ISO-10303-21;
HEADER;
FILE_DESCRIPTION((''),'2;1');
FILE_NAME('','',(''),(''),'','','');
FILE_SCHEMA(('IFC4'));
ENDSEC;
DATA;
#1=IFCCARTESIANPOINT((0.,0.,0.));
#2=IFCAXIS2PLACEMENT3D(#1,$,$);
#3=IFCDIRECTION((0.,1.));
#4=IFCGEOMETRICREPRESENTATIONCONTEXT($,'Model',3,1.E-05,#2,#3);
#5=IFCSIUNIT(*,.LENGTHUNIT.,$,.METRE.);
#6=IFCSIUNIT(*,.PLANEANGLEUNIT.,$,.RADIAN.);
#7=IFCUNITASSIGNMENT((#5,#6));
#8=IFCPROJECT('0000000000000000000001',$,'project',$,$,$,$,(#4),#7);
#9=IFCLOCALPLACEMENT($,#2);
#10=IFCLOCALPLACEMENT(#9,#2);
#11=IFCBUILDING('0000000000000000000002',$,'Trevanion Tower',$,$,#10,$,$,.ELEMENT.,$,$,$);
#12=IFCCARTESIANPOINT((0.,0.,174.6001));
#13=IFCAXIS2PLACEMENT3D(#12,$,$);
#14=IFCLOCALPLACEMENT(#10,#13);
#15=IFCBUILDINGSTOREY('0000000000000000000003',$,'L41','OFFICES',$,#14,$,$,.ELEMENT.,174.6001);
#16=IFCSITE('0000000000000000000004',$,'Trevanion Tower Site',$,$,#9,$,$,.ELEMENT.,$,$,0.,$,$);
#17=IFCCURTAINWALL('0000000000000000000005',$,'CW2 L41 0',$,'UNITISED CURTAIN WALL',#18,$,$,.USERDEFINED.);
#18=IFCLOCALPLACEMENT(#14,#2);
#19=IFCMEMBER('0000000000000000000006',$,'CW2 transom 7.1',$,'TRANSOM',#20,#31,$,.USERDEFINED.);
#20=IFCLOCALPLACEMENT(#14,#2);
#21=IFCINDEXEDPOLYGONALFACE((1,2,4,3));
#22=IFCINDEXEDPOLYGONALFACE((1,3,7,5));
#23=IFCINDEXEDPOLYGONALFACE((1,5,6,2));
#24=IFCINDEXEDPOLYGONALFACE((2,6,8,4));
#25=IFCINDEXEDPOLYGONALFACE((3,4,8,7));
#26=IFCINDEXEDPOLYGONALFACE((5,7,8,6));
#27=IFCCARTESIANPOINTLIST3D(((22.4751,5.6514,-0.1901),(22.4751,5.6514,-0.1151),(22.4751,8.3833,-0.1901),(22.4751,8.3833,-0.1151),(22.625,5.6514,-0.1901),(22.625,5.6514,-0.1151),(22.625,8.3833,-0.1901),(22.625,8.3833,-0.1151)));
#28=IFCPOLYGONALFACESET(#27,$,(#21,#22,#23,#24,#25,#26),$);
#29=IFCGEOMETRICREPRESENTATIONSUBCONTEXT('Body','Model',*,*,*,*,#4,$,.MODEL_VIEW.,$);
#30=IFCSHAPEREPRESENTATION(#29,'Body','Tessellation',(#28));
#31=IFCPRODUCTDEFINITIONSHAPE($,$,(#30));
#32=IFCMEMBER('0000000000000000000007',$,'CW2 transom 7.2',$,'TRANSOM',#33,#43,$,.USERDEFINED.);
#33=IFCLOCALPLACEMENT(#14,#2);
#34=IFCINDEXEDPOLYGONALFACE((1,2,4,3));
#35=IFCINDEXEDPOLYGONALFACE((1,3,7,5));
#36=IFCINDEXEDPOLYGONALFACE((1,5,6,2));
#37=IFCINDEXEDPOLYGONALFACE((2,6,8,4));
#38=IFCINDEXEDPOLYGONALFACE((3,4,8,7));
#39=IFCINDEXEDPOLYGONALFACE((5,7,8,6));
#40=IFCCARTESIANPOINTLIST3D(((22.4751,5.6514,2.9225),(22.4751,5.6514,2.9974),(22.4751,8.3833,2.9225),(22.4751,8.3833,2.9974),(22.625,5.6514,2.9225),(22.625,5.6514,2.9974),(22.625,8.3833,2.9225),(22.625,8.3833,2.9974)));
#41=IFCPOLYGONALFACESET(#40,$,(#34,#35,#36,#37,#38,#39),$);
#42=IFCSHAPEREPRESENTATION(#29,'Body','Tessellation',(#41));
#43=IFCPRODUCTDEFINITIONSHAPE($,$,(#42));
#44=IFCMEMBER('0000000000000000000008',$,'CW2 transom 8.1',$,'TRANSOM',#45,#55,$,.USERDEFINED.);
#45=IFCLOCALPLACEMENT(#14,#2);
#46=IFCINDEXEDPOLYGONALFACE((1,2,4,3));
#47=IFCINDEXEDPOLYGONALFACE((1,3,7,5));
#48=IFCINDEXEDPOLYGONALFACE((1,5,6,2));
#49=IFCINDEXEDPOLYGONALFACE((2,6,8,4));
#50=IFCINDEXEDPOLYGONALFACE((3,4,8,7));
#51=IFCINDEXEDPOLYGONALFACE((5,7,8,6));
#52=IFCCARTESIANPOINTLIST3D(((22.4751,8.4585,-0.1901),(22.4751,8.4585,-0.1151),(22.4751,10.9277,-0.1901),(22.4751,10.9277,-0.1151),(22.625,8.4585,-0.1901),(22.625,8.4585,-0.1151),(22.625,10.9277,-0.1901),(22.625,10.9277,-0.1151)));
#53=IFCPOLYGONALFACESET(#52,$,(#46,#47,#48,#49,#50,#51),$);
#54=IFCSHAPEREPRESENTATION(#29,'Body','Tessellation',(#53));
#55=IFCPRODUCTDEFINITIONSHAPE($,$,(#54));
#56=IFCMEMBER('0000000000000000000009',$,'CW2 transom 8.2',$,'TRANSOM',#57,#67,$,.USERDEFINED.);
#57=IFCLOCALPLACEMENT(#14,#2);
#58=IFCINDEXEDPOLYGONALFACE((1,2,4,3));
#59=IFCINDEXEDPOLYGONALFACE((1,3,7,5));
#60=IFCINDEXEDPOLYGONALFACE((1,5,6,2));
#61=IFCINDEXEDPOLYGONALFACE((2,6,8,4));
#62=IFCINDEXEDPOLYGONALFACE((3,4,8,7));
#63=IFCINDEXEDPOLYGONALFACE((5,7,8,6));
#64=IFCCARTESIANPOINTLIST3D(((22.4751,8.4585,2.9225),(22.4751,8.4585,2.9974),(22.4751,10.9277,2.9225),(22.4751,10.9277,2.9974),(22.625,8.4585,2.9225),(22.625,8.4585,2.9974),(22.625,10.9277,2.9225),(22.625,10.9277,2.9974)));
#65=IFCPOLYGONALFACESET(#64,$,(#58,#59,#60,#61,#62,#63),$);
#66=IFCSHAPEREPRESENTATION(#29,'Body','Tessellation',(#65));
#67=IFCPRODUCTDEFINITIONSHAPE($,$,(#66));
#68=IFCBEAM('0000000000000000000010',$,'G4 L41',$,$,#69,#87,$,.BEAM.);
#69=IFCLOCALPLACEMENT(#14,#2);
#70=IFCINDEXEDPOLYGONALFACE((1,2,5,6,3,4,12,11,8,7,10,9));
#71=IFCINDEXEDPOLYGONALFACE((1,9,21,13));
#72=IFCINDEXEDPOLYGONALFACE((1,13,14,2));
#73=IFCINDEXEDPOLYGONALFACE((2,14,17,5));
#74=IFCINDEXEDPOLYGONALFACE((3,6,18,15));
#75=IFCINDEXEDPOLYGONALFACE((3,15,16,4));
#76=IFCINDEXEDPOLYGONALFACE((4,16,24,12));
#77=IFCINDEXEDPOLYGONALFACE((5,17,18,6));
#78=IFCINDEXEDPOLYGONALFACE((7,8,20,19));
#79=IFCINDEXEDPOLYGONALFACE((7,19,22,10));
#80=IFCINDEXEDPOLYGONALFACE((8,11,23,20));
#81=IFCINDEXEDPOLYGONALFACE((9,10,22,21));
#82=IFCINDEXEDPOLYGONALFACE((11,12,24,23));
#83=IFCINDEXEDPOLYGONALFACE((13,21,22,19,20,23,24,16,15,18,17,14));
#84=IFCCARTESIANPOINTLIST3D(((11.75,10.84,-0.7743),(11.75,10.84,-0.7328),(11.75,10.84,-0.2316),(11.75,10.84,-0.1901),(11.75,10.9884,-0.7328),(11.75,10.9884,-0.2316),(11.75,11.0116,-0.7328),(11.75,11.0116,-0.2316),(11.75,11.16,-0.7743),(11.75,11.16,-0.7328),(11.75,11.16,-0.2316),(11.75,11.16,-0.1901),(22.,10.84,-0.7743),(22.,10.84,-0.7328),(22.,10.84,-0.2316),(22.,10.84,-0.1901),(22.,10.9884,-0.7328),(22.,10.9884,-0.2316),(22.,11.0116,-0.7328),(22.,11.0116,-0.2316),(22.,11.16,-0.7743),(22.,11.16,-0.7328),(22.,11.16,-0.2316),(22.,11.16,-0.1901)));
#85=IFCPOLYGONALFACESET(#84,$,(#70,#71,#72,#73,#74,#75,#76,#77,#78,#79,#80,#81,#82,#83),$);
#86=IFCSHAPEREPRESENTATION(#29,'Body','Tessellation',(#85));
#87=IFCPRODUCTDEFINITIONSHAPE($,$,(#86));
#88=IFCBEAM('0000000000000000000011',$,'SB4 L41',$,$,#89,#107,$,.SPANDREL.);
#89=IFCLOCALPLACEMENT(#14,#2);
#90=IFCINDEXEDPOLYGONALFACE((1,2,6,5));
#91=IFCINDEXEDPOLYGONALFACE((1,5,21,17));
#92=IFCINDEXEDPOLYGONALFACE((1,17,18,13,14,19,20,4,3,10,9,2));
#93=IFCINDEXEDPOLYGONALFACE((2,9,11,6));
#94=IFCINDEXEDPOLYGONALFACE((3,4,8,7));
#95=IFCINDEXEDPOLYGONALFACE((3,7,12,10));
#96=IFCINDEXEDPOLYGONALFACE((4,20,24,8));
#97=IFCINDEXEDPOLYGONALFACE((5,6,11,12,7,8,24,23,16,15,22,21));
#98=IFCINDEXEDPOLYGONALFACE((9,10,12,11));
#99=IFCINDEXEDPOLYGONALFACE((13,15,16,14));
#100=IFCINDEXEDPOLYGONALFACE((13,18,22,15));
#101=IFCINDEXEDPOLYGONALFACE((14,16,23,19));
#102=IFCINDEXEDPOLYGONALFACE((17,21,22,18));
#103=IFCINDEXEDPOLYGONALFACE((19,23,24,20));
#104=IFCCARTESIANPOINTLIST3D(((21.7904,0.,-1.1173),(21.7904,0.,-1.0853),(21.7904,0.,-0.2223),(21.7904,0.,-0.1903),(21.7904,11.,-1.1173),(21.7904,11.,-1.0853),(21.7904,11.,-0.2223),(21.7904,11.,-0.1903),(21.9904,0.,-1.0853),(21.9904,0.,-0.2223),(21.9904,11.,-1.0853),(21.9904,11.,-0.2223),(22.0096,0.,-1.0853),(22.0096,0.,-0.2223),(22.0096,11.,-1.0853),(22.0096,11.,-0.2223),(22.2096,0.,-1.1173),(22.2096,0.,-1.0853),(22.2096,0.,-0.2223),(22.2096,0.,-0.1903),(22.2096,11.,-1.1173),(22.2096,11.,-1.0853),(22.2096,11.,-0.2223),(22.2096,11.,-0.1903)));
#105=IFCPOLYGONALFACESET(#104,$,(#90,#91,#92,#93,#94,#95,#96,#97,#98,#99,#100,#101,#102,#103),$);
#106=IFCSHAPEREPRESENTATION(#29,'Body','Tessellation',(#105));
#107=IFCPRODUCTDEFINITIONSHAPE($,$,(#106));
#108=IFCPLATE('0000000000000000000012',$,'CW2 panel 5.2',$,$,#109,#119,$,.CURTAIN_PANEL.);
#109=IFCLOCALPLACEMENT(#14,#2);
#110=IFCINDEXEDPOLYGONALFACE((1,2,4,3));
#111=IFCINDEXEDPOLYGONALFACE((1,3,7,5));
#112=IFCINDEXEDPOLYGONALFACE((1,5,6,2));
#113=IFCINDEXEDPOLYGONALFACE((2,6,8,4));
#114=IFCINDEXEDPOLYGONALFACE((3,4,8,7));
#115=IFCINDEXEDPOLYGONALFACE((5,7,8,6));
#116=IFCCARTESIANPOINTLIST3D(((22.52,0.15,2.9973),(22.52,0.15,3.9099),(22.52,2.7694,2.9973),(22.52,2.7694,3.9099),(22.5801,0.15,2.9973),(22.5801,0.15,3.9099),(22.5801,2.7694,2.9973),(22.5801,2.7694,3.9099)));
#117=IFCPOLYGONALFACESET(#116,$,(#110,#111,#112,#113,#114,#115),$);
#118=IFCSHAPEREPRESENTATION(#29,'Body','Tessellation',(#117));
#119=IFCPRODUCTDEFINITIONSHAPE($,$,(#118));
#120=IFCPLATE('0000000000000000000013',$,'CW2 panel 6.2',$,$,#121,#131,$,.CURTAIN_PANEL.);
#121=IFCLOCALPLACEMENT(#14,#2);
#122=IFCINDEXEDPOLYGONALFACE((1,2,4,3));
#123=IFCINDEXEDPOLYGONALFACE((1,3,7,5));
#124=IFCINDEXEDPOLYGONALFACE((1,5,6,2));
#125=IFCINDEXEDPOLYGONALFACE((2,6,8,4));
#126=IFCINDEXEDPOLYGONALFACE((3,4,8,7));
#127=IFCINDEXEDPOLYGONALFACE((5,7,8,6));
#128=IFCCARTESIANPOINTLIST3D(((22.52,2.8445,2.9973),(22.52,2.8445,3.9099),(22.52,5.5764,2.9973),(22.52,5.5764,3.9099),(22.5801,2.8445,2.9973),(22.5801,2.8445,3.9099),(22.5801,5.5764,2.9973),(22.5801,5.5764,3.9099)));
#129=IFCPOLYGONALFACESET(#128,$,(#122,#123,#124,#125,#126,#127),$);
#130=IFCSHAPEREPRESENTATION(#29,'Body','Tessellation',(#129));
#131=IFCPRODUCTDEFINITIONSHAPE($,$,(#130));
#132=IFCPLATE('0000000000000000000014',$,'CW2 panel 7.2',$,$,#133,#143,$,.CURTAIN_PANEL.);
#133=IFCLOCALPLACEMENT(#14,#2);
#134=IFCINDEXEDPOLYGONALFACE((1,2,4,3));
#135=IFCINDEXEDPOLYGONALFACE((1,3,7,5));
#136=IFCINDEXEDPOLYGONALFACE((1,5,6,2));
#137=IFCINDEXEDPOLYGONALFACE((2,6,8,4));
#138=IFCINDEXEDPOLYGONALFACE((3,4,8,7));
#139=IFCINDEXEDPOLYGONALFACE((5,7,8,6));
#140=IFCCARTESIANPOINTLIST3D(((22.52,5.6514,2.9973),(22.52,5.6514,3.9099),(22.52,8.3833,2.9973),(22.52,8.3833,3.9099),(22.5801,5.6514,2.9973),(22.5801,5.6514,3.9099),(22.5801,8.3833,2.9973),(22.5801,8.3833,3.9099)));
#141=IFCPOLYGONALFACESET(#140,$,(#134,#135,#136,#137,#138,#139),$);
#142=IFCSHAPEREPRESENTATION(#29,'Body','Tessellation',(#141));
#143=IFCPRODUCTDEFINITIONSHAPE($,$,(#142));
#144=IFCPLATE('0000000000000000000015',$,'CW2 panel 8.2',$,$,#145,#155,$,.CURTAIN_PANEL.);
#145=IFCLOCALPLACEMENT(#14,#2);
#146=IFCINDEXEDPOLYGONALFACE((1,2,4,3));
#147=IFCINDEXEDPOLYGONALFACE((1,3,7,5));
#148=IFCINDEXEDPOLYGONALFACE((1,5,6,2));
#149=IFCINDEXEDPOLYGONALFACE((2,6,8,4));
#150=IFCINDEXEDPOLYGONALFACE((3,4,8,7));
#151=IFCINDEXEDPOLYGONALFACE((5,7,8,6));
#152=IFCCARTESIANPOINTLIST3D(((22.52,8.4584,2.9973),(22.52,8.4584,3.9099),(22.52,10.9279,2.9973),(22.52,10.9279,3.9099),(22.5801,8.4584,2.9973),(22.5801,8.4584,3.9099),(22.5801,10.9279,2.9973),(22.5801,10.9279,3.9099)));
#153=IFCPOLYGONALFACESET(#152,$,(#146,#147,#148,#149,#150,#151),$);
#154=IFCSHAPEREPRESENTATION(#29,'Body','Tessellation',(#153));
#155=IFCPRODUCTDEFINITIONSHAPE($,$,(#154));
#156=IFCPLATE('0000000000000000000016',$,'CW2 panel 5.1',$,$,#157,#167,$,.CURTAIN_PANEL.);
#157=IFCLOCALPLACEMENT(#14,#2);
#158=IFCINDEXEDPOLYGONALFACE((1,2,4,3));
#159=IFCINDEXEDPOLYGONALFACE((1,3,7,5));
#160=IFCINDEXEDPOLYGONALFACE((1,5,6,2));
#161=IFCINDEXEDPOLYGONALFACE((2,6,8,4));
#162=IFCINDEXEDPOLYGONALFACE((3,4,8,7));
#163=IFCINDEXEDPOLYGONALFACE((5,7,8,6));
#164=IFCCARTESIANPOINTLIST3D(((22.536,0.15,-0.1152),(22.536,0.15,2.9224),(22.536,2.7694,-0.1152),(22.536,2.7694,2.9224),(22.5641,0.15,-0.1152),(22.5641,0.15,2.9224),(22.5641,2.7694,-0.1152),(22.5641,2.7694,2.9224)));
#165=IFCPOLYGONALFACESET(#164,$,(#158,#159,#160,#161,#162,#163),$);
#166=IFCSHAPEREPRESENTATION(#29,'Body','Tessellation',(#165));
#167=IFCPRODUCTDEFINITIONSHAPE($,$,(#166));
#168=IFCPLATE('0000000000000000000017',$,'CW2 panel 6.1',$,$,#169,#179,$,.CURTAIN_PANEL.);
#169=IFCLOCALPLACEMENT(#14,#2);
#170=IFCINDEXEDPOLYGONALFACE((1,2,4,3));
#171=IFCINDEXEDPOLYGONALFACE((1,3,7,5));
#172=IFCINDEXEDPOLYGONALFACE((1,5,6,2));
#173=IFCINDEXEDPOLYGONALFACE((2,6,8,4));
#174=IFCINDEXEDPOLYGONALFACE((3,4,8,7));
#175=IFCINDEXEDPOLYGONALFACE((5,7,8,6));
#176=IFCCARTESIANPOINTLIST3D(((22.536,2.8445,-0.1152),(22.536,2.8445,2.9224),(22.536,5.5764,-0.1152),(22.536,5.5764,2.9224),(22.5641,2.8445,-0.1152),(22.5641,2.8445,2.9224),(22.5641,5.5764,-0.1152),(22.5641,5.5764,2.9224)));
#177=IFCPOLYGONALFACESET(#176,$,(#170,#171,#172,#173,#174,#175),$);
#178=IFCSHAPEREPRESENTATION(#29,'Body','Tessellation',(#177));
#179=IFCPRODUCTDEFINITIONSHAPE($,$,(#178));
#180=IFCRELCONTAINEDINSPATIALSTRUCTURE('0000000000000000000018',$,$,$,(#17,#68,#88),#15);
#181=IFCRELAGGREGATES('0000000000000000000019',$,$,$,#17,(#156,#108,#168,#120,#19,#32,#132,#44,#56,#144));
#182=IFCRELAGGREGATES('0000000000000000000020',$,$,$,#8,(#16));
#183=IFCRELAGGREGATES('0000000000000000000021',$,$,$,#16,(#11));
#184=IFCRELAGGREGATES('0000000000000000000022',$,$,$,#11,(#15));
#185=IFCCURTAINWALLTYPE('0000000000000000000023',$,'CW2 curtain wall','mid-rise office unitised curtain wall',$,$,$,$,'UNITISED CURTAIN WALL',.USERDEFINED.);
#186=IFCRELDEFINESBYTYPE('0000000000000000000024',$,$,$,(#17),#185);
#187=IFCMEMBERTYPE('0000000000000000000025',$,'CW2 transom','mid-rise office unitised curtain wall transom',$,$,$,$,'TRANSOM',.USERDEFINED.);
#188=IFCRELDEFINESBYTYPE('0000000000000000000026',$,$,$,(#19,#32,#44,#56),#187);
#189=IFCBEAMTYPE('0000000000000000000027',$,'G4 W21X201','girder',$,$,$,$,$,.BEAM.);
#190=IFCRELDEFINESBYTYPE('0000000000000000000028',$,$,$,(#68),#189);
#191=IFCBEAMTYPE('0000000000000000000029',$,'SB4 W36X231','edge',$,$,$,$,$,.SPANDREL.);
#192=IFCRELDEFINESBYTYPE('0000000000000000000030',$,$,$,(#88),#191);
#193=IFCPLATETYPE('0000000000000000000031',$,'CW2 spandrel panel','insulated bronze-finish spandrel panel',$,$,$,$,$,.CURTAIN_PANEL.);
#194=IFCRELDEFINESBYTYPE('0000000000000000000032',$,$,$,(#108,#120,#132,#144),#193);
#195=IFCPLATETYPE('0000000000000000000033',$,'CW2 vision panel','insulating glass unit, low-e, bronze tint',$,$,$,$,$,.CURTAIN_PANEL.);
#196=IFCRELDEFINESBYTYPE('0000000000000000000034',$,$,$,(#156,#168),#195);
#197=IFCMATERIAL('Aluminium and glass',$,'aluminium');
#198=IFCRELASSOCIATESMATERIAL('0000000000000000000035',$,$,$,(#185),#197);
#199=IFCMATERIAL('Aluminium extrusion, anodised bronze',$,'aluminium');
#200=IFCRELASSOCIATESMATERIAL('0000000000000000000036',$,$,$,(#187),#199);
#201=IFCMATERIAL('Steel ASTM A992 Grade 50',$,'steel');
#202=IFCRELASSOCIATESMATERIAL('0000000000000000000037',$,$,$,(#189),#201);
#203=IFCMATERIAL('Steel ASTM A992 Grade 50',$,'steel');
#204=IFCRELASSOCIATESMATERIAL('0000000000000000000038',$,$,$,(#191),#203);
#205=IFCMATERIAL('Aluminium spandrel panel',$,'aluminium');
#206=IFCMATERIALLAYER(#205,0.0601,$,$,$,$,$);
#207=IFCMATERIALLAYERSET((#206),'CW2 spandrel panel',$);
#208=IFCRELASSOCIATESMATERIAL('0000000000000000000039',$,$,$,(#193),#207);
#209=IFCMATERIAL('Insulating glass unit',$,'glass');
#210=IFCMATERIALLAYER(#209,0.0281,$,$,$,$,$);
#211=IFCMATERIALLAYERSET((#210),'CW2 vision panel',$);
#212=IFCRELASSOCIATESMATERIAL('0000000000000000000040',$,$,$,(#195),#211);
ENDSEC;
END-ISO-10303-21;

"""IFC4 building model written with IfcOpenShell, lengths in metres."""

from ifc_helpers import new_model, si_unit, direction, frame, origin, origin_2d, place, context, subcontext, project, spatial, rectangle, i_section, extrude, material, layer, layer_set, material_profile, profile_set, type_object, element, aggregate, save


model = new_model("IFC4")

# Units and contexts
model_context = context("Model", 3, precision=1e-05, world=origin(), true_north=direction((0.0, 1.0)))
body_context = subcontext(model_context, "Body", "Model", "MODEL_VIEW")
ifc_project = project(units=[si_unit("LENGTHUNIT", "METRE"), si_unit("PLANEANGLEUNIT", "RADIAN")], contexts=[model_context])

# Site, building, storey
site_placement = place(None, origin())
site = spatial("IfcSite", under=ifc_project, at=site_placement, Name="Trevanion Tower Site", CompositionType="ELEMENT", RefElevation=0.0)
building_placement = place(site_placement, origin())
building = spatial("IfcBuilding", under=site, at=building_placement, Name="Trevanion Tower", CompositionType="ELEMENT")
storey_placement = place(building_placement, frame((0.0, 0.0, 174.6001)))
storey = spatial("IfcBuildingStorey", under=building, at=storey_placement, Name="L41", Description="OFFICES", CompositionType="ELEMENT", Elevation=174.6001)

# Curtain wall, members
ifc_material_1 = material(Name="Aluminium and glass", Category="aluminium")
curtain_wall_type = type_object("IfcCurtainWallType", Name="CW2 curtain wall", Description="mid-rise office unitised curtain wall", ElementType="UNITISED CURTAIN WALL", PredefinedType="USERDEFINED", material=ifc_material_1)
curtain_wall_placement = place(storey_placement, origin())
curtain_wall = element("IfcCurtainWall", 1, at=curtain_wall_placement, inside=storey, type_object=curtain_wall_type, Name="CW2 L41 0", ObjectType="UNITISED CURTAIN WALL", PredefinedType="USERDEFINED")
ifc_material_2 = material(Name="Aluminium extrusion, anodised bronze", Category="aluminium")
ifc_material_profile_1 = material_profile(ifc_material_2, rectangle(XDim=0.1499, YDim=0.075, at=origin_2d()), Name="CW2 transom")
ifc_profile_set_1 = profile_set([ifc_material_profile_1], Name="Aluminium extrusion, anodised bronze")
member_type_1 = type_object("IfcMemberType", Name="CW2 transom", Description="mid-rise office unitised curtain wall transom", ElementType="TRANSOM", PredefinedType="USERDEFINED", material=ifc_profile_set_1)
member_1_placement = place(storey_placement, frame((22.55, 5.6514, -0.1526), z_axis=(0.0, 1.0, 0.0), x_axis=(-1.0, 0.0, 0.0)))
member_1 = element("IfcMember", 2, at=member_1_placement, type_object=member_type_1, Name="CW2 transom 7.1", ObjectType="TRANSOM", PredefinedType="USERDEFINED", context=body_context, shape_type="SweptSolid", body=[
    extrude(rectangle(XDim=0.1499, YDim=0.075, at=origin_2d()), origin(), (0.0, 0.0, 1.0), 2.7319),
])
member_2_placement = place(storey_placement, frame((22.55, 5.6514, 2.96), z_axis=(0.0, 1.0, 0.0), x_axis=(-1.0, 0.0, 0.0)))
member_2 = element("IfcMember", 3, at=member_2_placement, type_object=member_type_1, Name="CW2 transom 7.2", ObjectType="TRANSOM", PredefinedType="USERDEFINED", context=body_context, shape_type="SweptSolid", body=[
    extrude(rectangle(XDim=0.1499, YDim=0.075, at=origin_2d()), origin(), (0.0, 0.0, 1.0), 2.7319),
])
member_3_placement = place(storey_placement, frame((22.55, 8.4585, -0.1526), z_axis=(0.0, 1.0, 0.0), x_axis=(-1.0, 0.0, 0.0)))
member_3 = element("IfcMember", 4, at=member_3_placement, type_object=member_type_1, Name="CW2 transom 8.1", ObjectType="TRANSOM", PredefinedType="USERDEFINED", context=body_context, shape_type="SweptSolid", body=[
    extrude(rectangle(XDim=0.1499, YDim=0.075, at=origin_2d()), origin(), (0.0, 0.0, 1.0), 2.4692),
])
member_4_placement = place(storey_placement, frame((22.55, 8.4585, 2.96), z_axis=(0.0, 1.0, 0.0), x_axis=(-1.0, 0.0, 0.0)))
member_4 = element("IfcMember", 5, at=member_4_placement, type_object=member_type_1, Name="CW2 transom 8.2", ObjectType="TRANSOM", PredefinedType="USERDEFINED", context=body_context, shape_type="SweptSolid", body=[
    extrude(rectangle(XDim=0.1499, YDim=0.075, at=origin_2d()), origin(), (0.0, 0.0, 1.0), 2.4692),
])

# Beams
ifc_material_3 = material(Name="Steel ASTM A992 Grade 50", Category="steel")
ifc_material_profile_2 = material_profile(ifc_material_3, i_section(OverallWidth=0.3201, OverallDepth=0.5842, WebThickness=0.0232, FlangeThickness=0.0415, at=origin_2d()), Name="W21X201")
ifc_profile_set_2 = profile_set([ifc_material_profile_2], Name="Steel ASTM A992 Grade 50")
beam_type_1 = type_object("IfcBeamType", Name="G4 W21X201", Description="girder", PredefinedType="BEAM", material=ifc_profile_set_2)
beam_1_placement = place(storey_placement, frame((11.75, 11.0, -0.4822), z_axis=(1.0, 0.0, 0.0), x_axis=(0.0, 1.0, 0.0)))
element("IfcBeam", 6, at=beam_1_placement, inside=storey, type_object=beam_type_1, Name="G4 L41", PredefinedType="BEAM", context=body_context, shape_type="SweptSolid", body=[
    extrude(i_section(OverallWidth=0.3201, OverallDepth=0.5842, WebThickness=0.0232, FlangeThickness=0.0415, at=origin_2d()), origin(), (0.0, 0.0, 1.0), 10.25),
])
ifc_material_4 = material(Name="Steel ASTM A992 Grade 50", Category="steel")
ifc_material_profile_3 = material_profile(ifc_material_4, i_section(OverallWidth=0.4192, OverallDepth=0.927, WebThickness=0.0193, FlangeThickness=0.032, at=origin_2d()), Name="W36X231")
ifc_profile_set_3 = profile_set([ifc_material_profile_3], Name="Steel ASTM A992 Grade 50")
beam_type_2 = type_object("IfcBeamType", Name="SB4 W36X231", Description="edge", PredefinedType="SPANDREL", material=ifc_profile_set_3)
beam_2_placement = place(storey_placement, frame((22.0, 0.0, -0.6538), z_axis=(0.0, 1.0, 0.0), x_axis=(-1.0, 0.0, 0.0)))
element("IfcBeam", 7, at=beam_2_placement, inside=storey, type_object=beam_type_2, Name="SB4 L41", PredefinedType="SPANDREL", context=body_context, shape_type="SweptSolid", body=[
    extrude(i_section(OverallWidth=0.4192, OverallDepth=0.927, WebThickness=0.0193, FlangeThickness=0.032, at=origin_2d()), origin(), (0.0, 0.0, 1.0), 11.0),
])

# Plates
ifc_material_5 = material(Name="Aluminium spandrel panel", Category="aluminium")
ifc_layer_1 = layer(ifc_material_5, 0.0601)
ifc_layer_set_1 = layer_set([ifc_layer_1], Name="CW2 spandrel panel")
plate_type_1 = type_object("IfcPlateType", Name="CW2 spandrel panel", Description="insulated bronze-finish spandrel panel", PredefinedType="CURTAIN_PANEL", material=ifc_layer_set_1)
plate_1_placement = place(storey_placement, frame((22.55, 1.4597, 2.9973), z_axis=(0.0, 0.0, 1.0), x_axis=(0.0, 1.0, 0.0)))
plate_1 = element("IfcPlate", 8, at=plate_1_placement, type_object=plate_type_1, Name="CW2 panel 5.2", PredefinedType="CURTAIN_PANEL", context=body_context, shape_type="SweptSolid", body=[
    extrude(rectangle(XDim=2.6194, YDim=0.0601, at=origin_2d()), origin(), (0.0, 0.0, 1.0), 0.9126),
])
plate_2_placement = place(storey_placement, frame((22.55, 4.2104, 2.9973), z_axis=(0.0, 0.0, 1.0), x_axis=(0.0, 1.0, 0.0)))
plate_2 = element("IfcPlate", 9, at=plate_2_placement, type_object=plate_type_1, Name="CW2 panel 6.2", PredefinedType="CURTAIN_PANEL", context=body_context, shape_type="SweptSolid", body=[
    extrude(rectangle(XDim=2.7319, YDim=0.0601, at=origin_2d()), origin(), (0.0, 0.0, 1.0), 0.9126),
])
plate_3_placement = place(storey_placement, frame((22.55, 7.0173, 2.9973), z_axis=(0.0, 0.0, 1.0), x_axis=(0.0, 1.0, 0.0)))
plate_3 = element("IfcPlate", 10, at=plate_3_placement, type_object=plate_type_1, Name="CW2 panel 7.2", PredefinedType="CURTAIN_PANEL", context=body_context, shape_type="SweptSolid", body=[
    extrude(rectangle(XDim=2.7319, YDim=0.0601, at=origin_2d()), origin(), (0.0, 0.0, 1.0), 0.9126),
])
plate_4_placement = place(storey_placement, frame((22.55, 9.6931, 2.9973), z_axis=(0.0, 0.0, 1.0), x_axis=(0.0, 1.0, 0.0)))
plate_4 = element("IfcPlate", 11, at=plate_4_placement, type_object=plate_type_1, Name="CW2 panel 8.2", PredefinedType="CURTAIN_PANEL", context=body_context, shape_type="SweptSolid", body=[
    extrude(rectangle(XDim=2.4695, YDim=0.0601, at=origin_2d()), origin(), (0.0, 0.0, 1.0), 0.9126),
])
ifc_material_6 = material(Name="Insulating glass unit", Category="glass")
ifc_layer_2 = layer(ifc_material_6, 0.0281)
ifc_layer_set_2 = layer_set([ifc_layer_2], Name="CW2 vision panel")
plate_type_2 = type_object("IfcPlateType", Name="CW2 vision panel", Description="insulating glass unit, low-e, bronze tint", PredefinedType="CURTAIN_PANEL", material=ifc_layer_set_2)
plate_5_placement = place(storey_placement, frame((22.55, 1.4597, -0.1152), z_axis=(0.0, 0.0, 1.0), x_axis=(0.0, 1.0, 0.0)))
plate_5 = element("IfcPlate", 12, at=plate_5_placement, type_object=plate_type_2, Name="CW2 panel 5.1", PredefinedType="CURTAIN_PANEL", context=body_context, shape_type="SweptSolid", body=[
    extrude(rectangle(XDim=2.6194, YDim=0.0281, at=origin_2d()), origin(), (0.0, 0.0, 1.0), 3.0376),
])
plate_6_placement = place(storey_placement, frame((22.55, 4.2104, -0.1152), z_axis=(0.0, 0.0, 1.0), x_axis=(0.0, 1.0, 0.0)))
plate_6 = element("IfcPlate", 13, at=plate_6_placement, type_object=plate_type_2, Name="CW2 panel 6.1", PredefinedType="CURTAIN_PANEL", context=body_context, shape_type="SweptSolid", body=[
    extrude(rectangle(XDim=2.7319, YDim=0.0281, at=origin_2d()), origin(), (0.0, 0.0, 1.0), 3.0376),
])
aggregate(curtain_wall, [plate_5, plate_1, plate_6, plate_2, member_1, member_2, plate_3, member_3, member_4, plate_4])

save(model, "model.ifc")
